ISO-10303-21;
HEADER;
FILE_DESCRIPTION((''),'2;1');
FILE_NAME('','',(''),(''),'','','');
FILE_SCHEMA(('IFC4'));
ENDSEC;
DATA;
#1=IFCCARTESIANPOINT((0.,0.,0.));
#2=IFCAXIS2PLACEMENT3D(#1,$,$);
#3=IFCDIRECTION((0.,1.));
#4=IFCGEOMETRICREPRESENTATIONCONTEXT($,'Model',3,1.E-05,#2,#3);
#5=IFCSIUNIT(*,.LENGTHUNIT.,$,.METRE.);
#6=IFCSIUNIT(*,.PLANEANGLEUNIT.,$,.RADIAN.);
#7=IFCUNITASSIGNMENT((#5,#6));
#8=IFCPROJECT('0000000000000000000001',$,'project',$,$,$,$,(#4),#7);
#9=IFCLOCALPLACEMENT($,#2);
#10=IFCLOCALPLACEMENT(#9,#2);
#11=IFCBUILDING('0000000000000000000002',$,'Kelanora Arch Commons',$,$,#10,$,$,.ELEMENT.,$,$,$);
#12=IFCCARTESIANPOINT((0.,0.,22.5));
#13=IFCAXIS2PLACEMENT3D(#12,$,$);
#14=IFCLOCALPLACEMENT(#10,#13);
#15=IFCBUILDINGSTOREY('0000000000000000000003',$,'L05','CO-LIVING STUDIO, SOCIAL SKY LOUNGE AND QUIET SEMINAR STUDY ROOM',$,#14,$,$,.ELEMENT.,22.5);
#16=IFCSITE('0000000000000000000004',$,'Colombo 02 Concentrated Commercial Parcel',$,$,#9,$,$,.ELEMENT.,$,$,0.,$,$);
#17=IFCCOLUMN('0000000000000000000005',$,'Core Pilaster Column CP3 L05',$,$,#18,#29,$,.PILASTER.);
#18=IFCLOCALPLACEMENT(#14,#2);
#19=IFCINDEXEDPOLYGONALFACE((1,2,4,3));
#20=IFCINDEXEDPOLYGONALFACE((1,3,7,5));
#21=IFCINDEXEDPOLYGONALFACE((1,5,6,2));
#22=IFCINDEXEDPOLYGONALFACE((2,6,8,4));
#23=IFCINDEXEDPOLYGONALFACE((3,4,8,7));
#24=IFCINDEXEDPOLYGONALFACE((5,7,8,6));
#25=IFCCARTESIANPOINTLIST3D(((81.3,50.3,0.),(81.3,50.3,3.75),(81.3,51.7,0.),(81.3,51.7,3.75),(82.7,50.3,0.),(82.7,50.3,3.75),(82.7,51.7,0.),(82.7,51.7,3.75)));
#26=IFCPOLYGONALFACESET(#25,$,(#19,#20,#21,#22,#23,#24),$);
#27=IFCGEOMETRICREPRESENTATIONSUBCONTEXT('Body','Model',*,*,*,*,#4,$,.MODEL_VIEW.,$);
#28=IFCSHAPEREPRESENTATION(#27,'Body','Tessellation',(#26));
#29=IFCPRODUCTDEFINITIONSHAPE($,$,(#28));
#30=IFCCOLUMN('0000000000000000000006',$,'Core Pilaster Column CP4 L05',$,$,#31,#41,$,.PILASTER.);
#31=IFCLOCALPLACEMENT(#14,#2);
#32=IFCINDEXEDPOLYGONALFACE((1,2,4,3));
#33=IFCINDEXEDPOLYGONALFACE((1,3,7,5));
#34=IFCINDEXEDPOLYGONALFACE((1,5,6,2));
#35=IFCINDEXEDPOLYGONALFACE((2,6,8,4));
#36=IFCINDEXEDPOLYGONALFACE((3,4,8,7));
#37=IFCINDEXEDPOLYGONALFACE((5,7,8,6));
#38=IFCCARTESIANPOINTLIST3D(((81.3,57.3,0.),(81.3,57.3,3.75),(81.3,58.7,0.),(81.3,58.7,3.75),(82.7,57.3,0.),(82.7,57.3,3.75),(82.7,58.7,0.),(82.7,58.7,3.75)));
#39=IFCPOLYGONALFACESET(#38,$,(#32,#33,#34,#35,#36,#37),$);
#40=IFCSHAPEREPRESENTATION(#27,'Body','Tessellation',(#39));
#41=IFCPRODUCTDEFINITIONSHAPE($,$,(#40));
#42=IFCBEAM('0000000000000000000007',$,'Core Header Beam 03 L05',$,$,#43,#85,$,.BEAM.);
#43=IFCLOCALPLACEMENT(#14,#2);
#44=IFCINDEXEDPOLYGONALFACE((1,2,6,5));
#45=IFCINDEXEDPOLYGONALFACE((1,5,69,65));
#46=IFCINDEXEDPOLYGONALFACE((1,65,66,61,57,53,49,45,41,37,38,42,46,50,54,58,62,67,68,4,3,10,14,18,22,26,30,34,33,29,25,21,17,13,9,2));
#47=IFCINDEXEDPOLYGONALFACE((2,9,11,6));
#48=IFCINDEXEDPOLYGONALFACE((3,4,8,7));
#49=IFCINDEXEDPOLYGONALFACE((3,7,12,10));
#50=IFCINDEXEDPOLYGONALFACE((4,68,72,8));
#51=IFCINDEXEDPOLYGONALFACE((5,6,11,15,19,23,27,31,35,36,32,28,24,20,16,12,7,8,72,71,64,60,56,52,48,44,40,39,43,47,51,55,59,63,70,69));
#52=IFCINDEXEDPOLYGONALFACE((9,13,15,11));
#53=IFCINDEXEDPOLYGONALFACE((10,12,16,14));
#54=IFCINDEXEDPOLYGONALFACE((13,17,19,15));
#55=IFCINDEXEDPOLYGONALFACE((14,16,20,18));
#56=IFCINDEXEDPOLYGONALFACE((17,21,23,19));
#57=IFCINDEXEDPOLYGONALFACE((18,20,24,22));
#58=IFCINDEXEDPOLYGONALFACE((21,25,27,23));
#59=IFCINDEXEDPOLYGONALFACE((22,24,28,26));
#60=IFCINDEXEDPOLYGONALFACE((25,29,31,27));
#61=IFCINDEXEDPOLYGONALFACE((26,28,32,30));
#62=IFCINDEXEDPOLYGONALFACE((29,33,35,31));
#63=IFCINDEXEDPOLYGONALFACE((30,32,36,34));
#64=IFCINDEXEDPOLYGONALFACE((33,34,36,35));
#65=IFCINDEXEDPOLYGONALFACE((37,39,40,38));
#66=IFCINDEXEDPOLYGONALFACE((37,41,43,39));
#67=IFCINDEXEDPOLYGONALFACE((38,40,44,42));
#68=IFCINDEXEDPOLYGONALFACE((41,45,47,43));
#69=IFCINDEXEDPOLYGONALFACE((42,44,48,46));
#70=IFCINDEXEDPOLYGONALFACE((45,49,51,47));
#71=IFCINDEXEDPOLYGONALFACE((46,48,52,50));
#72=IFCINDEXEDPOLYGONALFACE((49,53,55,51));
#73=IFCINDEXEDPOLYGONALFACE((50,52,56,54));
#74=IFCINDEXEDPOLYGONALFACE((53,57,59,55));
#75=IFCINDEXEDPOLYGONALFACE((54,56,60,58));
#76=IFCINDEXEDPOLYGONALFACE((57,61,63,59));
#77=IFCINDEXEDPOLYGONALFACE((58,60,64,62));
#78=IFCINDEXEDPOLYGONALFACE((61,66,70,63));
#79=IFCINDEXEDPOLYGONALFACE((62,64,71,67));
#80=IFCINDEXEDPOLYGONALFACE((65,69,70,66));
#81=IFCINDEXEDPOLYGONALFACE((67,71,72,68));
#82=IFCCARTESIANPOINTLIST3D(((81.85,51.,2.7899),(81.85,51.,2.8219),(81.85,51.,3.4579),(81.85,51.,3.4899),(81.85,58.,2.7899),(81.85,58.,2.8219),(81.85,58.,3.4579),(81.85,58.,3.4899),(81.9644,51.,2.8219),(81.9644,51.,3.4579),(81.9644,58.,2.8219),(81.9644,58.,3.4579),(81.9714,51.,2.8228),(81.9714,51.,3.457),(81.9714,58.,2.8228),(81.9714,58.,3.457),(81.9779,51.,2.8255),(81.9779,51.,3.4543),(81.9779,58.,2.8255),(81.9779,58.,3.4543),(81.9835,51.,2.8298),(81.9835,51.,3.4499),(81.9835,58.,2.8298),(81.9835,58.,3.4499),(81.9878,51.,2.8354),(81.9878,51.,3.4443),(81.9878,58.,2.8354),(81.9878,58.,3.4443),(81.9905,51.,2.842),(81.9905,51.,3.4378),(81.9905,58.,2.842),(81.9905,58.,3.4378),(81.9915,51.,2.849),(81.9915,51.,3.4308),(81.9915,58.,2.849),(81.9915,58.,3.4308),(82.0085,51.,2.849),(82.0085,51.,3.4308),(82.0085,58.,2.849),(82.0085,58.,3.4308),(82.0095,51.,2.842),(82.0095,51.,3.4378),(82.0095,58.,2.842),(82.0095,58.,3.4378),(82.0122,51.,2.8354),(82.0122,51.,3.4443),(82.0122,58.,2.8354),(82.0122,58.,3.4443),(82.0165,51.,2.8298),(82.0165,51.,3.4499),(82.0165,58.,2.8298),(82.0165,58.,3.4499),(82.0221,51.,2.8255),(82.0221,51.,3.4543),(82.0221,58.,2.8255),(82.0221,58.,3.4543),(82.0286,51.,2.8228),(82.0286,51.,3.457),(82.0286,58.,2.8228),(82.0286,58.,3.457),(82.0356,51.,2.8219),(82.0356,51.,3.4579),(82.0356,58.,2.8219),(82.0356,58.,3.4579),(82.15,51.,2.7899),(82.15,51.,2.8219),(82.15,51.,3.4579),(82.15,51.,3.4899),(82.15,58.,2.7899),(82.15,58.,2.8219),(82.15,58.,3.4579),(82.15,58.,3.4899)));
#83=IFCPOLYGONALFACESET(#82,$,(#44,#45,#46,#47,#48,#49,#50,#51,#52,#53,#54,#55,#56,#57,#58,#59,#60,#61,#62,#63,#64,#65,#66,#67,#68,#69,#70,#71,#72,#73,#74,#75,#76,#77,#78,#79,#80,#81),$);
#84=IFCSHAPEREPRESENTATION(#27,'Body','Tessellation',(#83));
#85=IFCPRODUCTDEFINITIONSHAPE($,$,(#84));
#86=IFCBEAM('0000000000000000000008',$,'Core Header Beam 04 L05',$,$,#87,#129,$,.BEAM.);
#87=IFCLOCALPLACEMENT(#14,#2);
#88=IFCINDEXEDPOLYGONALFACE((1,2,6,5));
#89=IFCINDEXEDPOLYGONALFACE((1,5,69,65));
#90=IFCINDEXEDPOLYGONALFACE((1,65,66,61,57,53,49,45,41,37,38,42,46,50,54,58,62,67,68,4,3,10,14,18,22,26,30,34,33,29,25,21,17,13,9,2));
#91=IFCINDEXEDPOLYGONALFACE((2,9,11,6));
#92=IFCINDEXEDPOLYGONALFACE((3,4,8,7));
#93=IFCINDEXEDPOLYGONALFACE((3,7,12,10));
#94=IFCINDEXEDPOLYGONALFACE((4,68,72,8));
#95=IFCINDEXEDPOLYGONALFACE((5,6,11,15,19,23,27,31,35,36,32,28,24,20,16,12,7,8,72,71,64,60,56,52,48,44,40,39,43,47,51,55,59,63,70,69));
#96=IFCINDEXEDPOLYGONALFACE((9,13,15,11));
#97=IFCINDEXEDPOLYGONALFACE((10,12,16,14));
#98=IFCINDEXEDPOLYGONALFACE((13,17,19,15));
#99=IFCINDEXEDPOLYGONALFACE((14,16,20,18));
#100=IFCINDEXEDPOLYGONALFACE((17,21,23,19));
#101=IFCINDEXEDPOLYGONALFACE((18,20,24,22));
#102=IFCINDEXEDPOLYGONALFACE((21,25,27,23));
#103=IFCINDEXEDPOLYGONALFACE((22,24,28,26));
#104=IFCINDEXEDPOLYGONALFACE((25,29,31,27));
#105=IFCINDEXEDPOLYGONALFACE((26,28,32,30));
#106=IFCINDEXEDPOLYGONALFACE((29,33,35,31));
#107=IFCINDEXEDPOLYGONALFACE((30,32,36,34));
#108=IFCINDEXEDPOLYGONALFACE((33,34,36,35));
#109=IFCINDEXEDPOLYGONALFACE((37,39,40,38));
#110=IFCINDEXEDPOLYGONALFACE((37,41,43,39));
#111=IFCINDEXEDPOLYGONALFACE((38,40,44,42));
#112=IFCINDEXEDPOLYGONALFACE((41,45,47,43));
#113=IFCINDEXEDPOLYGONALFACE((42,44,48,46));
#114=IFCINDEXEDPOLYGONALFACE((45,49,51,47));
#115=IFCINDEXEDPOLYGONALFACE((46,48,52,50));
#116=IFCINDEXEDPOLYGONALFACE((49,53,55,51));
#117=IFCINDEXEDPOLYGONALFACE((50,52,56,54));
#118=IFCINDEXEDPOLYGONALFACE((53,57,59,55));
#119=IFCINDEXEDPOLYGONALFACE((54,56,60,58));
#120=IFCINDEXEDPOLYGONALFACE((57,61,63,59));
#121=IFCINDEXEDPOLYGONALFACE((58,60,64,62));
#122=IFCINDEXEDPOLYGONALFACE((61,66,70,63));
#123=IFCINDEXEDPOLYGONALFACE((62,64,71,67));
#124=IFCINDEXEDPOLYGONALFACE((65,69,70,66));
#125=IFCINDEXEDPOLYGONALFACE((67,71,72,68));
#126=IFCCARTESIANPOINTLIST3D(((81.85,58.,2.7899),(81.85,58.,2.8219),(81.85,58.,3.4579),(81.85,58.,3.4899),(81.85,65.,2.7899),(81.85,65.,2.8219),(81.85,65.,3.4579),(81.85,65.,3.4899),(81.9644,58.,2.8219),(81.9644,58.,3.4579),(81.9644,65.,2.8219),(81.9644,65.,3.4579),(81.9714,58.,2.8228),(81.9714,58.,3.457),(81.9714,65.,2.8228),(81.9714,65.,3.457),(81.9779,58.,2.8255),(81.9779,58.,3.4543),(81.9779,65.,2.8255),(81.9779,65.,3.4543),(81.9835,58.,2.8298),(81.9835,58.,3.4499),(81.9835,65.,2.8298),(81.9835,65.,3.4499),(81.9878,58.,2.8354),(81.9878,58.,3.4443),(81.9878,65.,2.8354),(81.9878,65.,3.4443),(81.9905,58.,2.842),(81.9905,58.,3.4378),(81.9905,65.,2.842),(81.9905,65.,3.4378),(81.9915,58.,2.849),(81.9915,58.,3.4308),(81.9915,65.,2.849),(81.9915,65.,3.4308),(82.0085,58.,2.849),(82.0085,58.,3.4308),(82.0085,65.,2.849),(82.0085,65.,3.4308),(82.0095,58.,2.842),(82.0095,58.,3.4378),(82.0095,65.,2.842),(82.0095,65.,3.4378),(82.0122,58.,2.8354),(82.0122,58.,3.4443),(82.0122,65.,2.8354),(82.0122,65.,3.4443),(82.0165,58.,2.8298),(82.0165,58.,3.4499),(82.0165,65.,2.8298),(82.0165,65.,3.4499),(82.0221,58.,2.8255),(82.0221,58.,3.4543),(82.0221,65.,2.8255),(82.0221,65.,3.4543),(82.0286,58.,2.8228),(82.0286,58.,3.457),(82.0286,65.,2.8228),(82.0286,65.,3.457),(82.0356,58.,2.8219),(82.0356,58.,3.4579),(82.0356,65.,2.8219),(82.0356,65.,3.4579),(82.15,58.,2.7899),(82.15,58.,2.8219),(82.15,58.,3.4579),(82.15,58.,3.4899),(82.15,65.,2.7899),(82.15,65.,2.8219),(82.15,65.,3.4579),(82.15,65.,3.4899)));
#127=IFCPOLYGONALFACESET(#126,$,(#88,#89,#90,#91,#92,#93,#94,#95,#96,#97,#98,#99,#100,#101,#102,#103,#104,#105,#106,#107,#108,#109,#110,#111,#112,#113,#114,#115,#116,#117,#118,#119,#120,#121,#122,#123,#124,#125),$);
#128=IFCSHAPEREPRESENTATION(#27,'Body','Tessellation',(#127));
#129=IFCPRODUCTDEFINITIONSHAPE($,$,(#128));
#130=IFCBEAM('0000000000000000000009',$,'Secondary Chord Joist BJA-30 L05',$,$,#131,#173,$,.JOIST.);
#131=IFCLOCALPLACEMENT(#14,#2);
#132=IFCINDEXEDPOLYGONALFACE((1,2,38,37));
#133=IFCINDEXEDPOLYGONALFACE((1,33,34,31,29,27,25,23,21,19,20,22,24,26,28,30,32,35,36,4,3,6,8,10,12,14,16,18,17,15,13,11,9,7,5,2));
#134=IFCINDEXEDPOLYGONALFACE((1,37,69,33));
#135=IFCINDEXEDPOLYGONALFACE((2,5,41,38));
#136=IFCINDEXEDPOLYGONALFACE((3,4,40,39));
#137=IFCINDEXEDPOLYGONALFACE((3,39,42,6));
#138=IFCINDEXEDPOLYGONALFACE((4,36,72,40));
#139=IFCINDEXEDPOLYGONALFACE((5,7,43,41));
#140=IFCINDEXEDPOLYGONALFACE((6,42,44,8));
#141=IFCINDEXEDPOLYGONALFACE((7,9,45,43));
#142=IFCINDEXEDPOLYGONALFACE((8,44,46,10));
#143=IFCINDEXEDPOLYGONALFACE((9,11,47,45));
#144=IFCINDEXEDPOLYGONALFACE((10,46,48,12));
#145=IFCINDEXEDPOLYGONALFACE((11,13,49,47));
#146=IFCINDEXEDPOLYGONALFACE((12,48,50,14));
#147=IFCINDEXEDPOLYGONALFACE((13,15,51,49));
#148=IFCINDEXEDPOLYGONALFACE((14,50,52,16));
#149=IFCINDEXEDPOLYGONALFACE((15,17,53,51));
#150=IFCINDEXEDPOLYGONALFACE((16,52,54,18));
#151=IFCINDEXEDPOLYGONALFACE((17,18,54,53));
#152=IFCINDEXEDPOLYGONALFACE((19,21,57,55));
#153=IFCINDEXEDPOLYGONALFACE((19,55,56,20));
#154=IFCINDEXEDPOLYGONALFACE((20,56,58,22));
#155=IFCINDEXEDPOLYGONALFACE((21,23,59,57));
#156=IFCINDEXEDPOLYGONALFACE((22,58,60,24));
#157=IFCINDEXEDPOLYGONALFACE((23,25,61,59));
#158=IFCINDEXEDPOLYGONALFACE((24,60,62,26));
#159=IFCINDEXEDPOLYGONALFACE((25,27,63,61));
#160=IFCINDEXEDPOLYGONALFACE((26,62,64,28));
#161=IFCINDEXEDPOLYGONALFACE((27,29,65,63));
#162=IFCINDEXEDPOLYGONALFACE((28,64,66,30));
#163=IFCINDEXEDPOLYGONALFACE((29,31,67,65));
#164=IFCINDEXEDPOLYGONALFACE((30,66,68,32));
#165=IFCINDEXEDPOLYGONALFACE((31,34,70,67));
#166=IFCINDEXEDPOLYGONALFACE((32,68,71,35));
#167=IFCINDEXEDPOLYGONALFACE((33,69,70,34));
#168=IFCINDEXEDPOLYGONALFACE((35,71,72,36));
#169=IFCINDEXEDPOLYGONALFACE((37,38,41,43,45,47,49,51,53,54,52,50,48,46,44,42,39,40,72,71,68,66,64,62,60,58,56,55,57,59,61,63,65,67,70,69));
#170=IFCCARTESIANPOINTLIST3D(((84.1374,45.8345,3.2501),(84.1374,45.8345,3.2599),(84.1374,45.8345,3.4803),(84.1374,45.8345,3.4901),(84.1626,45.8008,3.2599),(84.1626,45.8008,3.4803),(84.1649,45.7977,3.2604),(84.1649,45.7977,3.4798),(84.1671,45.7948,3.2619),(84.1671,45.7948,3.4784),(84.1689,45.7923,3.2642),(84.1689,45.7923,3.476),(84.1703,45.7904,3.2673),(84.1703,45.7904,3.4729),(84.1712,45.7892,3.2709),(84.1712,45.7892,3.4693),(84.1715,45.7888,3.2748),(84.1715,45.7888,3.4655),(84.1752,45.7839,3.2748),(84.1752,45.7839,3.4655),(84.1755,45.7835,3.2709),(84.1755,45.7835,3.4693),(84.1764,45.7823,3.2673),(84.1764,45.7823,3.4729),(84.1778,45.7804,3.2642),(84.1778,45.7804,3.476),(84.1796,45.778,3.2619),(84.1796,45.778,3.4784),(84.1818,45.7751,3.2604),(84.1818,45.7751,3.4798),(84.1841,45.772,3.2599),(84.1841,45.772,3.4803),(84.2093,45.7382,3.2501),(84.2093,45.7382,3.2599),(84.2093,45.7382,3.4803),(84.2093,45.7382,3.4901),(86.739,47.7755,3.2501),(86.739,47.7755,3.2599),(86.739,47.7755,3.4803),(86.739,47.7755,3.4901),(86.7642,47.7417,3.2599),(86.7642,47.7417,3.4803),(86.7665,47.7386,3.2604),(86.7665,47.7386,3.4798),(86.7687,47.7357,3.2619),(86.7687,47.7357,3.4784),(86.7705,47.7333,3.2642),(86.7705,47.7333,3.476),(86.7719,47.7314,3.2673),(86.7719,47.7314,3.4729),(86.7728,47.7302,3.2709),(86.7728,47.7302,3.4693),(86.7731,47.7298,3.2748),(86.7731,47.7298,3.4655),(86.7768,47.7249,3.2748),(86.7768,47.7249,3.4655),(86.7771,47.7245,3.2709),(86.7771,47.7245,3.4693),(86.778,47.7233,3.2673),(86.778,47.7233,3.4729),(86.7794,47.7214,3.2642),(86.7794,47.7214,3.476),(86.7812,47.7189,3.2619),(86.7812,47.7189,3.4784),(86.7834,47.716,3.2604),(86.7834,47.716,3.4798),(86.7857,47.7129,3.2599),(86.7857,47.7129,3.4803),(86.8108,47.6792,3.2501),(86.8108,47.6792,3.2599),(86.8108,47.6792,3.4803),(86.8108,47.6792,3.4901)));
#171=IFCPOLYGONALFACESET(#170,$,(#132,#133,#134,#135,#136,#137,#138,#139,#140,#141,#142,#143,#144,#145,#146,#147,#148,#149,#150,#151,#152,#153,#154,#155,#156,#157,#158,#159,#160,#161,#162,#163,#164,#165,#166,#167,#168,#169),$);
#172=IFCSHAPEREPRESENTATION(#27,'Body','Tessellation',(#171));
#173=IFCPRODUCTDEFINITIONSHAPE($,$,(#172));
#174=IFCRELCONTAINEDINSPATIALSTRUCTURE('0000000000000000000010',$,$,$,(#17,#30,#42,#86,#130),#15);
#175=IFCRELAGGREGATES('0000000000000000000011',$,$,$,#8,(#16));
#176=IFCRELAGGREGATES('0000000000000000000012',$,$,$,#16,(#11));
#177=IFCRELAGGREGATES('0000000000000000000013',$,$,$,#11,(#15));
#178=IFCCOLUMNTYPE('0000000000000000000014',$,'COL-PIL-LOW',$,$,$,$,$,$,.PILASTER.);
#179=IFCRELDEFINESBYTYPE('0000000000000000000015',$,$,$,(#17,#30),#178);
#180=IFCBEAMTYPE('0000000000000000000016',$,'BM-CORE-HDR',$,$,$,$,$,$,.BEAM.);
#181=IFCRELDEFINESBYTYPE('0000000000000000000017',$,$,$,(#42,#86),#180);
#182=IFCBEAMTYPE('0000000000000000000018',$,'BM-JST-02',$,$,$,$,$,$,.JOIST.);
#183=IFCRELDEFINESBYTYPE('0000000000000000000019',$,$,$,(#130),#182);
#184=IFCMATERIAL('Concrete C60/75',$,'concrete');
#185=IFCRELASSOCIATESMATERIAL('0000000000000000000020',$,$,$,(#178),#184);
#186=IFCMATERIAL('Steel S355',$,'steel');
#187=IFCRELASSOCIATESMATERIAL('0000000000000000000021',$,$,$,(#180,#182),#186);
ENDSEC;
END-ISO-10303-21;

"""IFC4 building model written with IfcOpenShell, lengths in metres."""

from ifc_helpers import new_model, si_unit, direction, frame, origin, origin_2d, place, context, subcontext, project, spatial, rectangle, i_section, extrude, material, material_profile, profile_set, type_object, element, save


model = new_model("IFC4")

# Units and contexts
model_context = context("Model", 3, precision=1e-05, world=origin(), true_north=direction((0.0, 1.0)))
body_context = subcontext(model_context, "Body", "Model", "MODEL_VIEW")
ifc_project = project(units=[si_unit("LENGTHUNIT", "METRE"), si_unit("PLANEANGLEUNIT", "RADIAN")], contexts=[model_context])

# Site, building, storey
site_placement = place(None, origin())
site = spatial("IfcSite", under=ifc_project, at=site_placement, Name="Colombo 02 Concentrated Commercial Parcel", CompositionType="ELEMENT", RefElevation=0.0)
building_placement = place(site_placement, origin())
building = spatial("IfcBuilding", under=site, at=building_placement, Name="Kelanora Arch Commons", CompositionType="ELEMENT")
storey_placement = place(building_placement, frame((0.0, 0.0, 22.5)))
storey = spatial("IfcBuildingStorey", under=building, at=storey_placement, Name="L05", Description="CO-LIVING STUDIO, SOCIAL SKY LOUNGE AND QUIET SEMINAR STUDY ROOM", CompositionType="ELEMENT", Elevation=22.5)

# Columns
ifc_material_1 = material(Name="Concrete C60/75", Category="concrete")
ifc_material_profile_1 = material_profile(ifc_material_1, rectangle(XDim=1.3999, YDim=1.3999, at=origin_2d()), Name="RC1400x1400")
ifc_profile_set_1 = profile_set([ifc_material_profile_1], Name="Concrete C60/75")
column_type = type_object("IfcColumnType", Name="COL-PIL-LOW", PredefinedType="PILASTER", material=ifc_profile_set_1)
for number, where, z_axis, x_axis, name in (
    (1, (82.0, 51.0, 0.0), (0.0, 0.0, 1.0), (1.0, 0.0, 0.0), "Core Pilaster Column CP3 L05"),
    (2, (82.0, 58.0, 0.0), (0.0, 0.0, 1.0), (1.0, 0.0, 0.0), "Core Pilaster Column CP4 L05"),
):
    element("IfcColumn", number, at=place(storey_placement, frame(where, z_axis=z_axis, x_axis=x_axis)), inside=storey, type_object=column_type, Name=name, PredefinedType="PILASTER", context=body_context, shape_type="SweptSolid", body=[
        extrude(rectangle(XDim=1.3999, YDim=1.3999, at=origin_2d()), origin(), (0.0, 0.0, 1.0), 3.75),
    ])

# Beams
ifc_material_2 = material(Name="Steel S355", Category="steel")
ifc_material_profile_2 = material_profile(ifc_material_2, i_section(OverallWidth=0.3, OverallDepth=0.7, WebThickness=0.0171, FlangeThickness=0.032, FilletRadius=0.0271, at=origin_2d()), Name="HEB700")
ifc_profile_set_2 = profile_set([ifc_material_profile_2], Name="Steel S355")
beam_type_1 = type_object("IfcBeamType", Name="BM-CORE-HDR", PredefinedType="BEAM", material=ifc_profile_set_2)
for number, where, z_axis, x_axis, name in (
    (3, (82.0, 51.0, 3.1399), (0.0, 1.0, 0.0), (-1.0, 0.0, 0.0), "Core Header Beam 03 L05"),
    (4, (82.0, 58.0, 3.1399), (0.0, 1.0, 0.0), (-1.0, 0.0, 0.0), "Core Header Beam 04 L05"),
):
    element("IfcBeam", number, at=place(storey_placement, frame(where, z_axis=z_axis, x_axis=x_axis)), inside=storey, type_object=beam_type_1, Name=name, PredefinedType="BEAM", context=body_context, shape_type="SweptSolid", body=[
        extrude(i_section(OverallWidth=0.3, OverallDepth=0.7, WebThickness=0.0171, FlangeThickness=0.032, FilletRadius=0.0271, at=origin_2d()), origin(), (0.0, 0.0, 1.0), 7.0),
    ])
ifc_material_profile_3 = material_profile(ifc_material_2, i_section(OverallWidth=0.1201, OverallDepth=0.24, WebThickness=0.0061, FlangeThickness=0.0098, FilletRadius=0.0149, at=origin_2d()), Name="IPE240")
ifc_profile_set_3 = profile_set([ifc_material_profile_3], Name="Steel S355")
beam_type_2 = type_object("IfcBeamType", Name="BM-JST-02", PredefinedType="JOIST", material=ifc_profile_set_3)
beam_1_placement = place(storey_placement, frame((84.1733, 45.7864, 3.3701), z_axis=(0.801514, 0.597976, 0.0), x_axis=(-0.597976, 0.801514, 0.0)))
element("IfcBeam", 5, at=beam_1_placement, inside=storey, type_object=beam_type_2, Name="Secondary Chord Joist BJA-30 L05", PredefinedType="JOIST", context=body_context, shape_type="SweptSolid", body=[
    extrude(i_section(OverallWidth=0.1201, OverallDepth=0.24, WebThickness=0.0061, FlangeThickness=0.0098, FilletRadius=0.0149, at=origin_2d()), origin(), (0.0, 0.0, 1.0), 3.2458),
])

save(model, "model.ifc")
